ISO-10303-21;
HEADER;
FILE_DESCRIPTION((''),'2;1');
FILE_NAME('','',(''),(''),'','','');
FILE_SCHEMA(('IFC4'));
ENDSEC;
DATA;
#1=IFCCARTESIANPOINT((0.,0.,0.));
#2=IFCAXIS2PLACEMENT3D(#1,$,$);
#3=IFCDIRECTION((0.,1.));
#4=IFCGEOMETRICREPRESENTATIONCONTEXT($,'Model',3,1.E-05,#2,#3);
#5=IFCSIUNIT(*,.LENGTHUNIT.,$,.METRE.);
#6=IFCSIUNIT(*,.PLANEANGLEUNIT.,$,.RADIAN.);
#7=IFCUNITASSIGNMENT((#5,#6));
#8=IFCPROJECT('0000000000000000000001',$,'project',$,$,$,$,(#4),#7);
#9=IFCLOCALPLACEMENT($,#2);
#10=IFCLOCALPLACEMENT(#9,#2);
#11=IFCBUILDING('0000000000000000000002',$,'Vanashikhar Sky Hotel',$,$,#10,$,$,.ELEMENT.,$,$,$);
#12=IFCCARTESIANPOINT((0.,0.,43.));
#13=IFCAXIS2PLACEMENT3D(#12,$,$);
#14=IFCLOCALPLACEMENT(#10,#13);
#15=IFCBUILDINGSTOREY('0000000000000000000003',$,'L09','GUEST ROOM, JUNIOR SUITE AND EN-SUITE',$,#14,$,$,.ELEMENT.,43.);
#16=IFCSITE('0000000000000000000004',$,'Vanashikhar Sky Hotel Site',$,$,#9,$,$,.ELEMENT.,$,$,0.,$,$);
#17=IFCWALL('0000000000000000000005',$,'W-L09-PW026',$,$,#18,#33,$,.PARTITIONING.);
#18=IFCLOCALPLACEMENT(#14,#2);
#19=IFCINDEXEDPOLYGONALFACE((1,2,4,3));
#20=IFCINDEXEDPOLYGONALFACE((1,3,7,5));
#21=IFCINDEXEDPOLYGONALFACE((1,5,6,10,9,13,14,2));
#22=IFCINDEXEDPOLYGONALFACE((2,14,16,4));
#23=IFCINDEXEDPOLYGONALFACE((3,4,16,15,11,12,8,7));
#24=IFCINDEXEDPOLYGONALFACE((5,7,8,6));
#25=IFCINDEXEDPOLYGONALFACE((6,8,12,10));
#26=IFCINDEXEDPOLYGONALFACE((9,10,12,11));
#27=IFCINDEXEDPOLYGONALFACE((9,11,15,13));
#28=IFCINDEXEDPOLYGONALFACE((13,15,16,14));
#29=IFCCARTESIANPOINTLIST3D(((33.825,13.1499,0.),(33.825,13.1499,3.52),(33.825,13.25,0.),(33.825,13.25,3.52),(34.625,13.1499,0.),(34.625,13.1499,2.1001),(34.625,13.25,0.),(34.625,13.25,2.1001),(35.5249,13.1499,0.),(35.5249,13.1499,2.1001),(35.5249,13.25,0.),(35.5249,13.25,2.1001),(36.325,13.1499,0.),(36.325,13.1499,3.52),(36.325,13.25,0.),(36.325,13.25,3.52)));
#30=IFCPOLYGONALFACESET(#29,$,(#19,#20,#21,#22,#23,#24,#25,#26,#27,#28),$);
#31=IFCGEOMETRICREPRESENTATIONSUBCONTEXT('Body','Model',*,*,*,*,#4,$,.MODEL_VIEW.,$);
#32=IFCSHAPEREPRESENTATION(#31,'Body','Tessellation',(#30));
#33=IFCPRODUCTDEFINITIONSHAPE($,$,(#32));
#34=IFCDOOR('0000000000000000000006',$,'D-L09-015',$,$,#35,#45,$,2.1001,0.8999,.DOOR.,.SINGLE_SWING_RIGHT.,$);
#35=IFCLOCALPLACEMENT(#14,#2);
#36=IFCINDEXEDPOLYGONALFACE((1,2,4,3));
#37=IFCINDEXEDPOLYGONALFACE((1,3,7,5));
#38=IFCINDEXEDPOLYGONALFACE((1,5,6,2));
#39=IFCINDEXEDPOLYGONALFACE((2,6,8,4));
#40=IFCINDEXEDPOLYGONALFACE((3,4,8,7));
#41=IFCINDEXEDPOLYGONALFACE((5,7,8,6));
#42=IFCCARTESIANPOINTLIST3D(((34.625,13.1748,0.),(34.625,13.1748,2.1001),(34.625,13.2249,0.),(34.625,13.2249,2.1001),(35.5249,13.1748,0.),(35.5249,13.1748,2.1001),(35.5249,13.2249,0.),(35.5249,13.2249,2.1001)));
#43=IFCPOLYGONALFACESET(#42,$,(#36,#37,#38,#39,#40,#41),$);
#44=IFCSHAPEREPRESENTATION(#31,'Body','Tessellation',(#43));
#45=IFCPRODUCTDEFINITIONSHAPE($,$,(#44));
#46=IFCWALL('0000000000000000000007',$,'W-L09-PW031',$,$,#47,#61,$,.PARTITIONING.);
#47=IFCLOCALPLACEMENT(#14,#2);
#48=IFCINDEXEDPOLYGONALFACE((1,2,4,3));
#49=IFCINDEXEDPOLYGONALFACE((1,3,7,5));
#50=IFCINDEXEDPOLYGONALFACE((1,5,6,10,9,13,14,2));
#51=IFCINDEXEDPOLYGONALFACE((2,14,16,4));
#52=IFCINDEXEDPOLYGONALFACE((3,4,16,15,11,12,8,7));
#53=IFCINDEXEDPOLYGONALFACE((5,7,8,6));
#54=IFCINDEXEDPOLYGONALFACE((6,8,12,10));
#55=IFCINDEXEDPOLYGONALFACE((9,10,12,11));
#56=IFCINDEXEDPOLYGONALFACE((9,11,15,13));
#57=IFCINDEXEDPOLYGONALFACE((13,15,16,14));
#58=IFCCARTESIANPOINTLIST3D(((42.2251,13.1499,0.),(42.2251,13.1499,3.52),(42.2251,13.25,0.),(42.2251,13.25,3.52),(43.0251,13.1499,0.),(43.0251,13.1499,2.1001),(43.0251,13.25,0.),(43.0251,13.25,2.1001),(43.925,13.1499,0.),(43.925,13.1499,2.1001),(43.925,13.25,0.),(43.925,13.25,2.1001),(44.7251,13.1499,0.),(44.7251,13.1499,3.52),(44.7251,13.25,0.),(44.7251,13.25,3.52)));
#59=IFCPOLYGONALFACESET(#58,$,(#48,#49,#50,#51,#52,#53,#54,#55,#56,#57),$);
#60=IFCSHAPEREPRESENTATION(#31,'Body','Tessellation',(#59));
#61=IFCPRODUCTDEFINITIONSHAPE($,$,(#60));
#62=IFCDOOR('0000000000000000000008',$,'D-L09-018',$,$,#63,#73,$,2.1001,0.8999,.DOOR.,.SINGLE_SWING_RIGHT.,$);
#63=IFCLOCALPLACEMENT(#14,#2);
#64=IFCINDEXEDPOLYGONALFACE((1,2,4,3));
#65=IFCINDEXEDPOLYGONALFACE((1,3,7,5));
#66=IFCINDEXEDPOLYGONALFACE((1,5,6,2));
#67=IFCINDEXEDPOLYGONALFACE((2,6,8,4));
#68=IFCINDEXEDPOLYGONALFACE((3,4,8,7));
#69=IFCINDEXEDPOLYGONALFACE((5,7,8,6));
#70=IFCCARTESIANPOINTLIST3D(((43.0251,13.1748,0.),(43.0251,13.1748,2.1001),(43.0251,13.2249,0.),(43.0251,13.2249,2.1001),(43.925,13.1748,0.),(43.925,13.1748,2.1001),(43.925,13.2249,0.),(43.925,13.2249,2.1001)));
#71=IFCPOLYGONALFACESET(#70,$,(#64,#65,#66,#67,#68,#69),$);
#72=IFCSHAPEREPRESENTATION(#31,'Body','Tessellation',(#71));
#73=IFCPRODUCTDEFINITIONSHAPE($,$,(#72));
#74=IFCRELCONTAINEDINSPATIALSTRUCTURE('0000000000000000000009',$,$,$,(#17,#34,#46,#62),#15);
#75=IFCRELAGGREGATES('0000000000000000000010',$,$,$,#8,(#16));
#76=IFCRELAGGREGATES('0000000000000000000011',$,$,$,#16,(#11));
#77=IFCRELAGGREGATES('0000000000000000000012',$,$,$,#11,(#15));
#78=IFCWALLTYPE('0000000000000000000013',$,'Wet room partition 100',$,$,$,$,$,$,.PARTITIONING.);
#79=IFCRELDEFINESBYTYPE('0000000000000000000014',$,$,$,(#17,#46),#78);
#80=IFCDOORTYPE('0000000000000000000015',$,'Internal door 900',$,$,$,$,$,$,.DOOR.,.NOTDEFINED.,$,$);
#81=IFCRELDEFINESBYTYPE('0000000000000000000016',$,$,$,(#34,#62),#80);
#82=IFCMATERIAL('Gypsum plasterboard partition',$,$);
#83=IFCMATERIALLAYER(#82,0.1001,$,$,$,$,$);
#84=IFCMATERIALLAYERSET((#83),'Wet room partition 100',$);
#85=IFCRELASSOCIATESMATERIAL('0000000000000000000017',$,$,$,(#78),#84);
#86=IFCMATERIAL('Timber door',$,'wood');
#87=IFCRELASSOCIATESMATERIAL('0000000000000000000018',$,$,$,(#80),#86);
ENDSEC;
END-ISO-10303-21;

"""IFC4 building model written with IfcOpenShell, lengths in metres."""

from ifc_helpers import new_model, si_unit, direction, frame, frame_2d, origin, place, context, subcontext, project, spatial, rectangle, extrude, source, transform, mapped, material, layer, layer_set, type_object, element, fill, save


model = new_model("IFC4")

# Units and contexts
model_context = context("Model", 3, precision=1e-05, world=origin(), true_north=direction((0.0, 1.0)))
body_context = subcontext(model_context, "Body", "Model", "MODEL_VIEW")
ifc_project = project(units=[si_unit("LENGTHUNIT", "METRE"), si_unit("PLANEANGLEUNIT", "RADIAN")], contexts=[model_context])

# Site, building, storey
site_placement = place(None, origin())
site = spatial("IfcSite", under=ifc_project, at=site_placement, Name="Vanashikhar Sky Hotel Site", CompositionType="ELEMENT", RefElevation=0.0)
building_placement = place(site_placement, origin())
building = spatial("IfcBuilding", under=site, at=building_placement, Name="Vanashikhar Sky Hotel", CompositionType="ELEMENT")
storey_placement = place(building_placement, frame((0.0, 0.0, 43.0)))
storey = spatial("IfcBuildingStorey", under=building, at=storey_placement, Name="L09", Description="GUEST ROOM, JUNIOR SUITE AND EN-SUITE", CompositionType="ELEMENT", Elevation=43.0)

# Shared definitions
ifc_material_1 = material(Name="Gypsum plasterboard partition")
ifc_layer_1 = layer(ifc_material_1, 0.1001)
ifc_layer_set_1 = layer_set([ifc_layer_1], Name="Wet room partition 100")
wall_type_1 = type_object("IfcWallType", Name="Wet room partition 100", PredefinedType="PARTITIONING", material=ifc_layer_set_1)
shared_shape_1 = source(origin(), body_context, "Body", "SweptSolid", [
    extrude(rectangle(XDim=0.8999, YDim=2.1001, at=frame_2d((0.45, 1.05))), frame((0.0, 0.0601, 0.0), z_axis=(0.0, -1.0, 0.0), x_axis=(1.0, 0.0, 0.0)), (0.0, 0.0, 1.0), 0.1201),
])
ifc_material_2 = material(Name="Timber door", Category="wood")
door_type_1 = type_object("IfcDoorType", Name="Internal door 900", OperationType="NOTDEFINED", PredefinedType="DOOR", material=ifc_material_2)
shared_shape_2 = source(origin(), body_context, "Body", "SweptSolid", [
    extrude(rectangle(XDim=0.8999, YDim=2.1001, at=frame_2d((0.45, 1.05))), frame((0.0, 0.0249, 0.0), z_axis=(0.0, -1.0, 0.0), x_axis=(1.0, 0.0, 0.0)), (0.0, 0.0, 1.0), 0.05),
])

# Walls, openings, doors
shared_shape_3 = source(origin(), body_context, "Body", "SweptSolid", [
    extrude(rectangle(XDim=2.5, YDim=0.1001, at=frame_2d((1.25, 0.0))), origin(), (0.0, 0.0, 1.0), 3.52),
])
wall_1_placement = place(storey_placement, frame((33.825, 13.2, 0.0), z_axis=(0.0, 0.0, 1.0), x_axis=(1.0, 0.0, 0.0)))
wall_1 = element("IfcWall", 1, at=wall_1_placement, inside=storey, type_object=wall_type_1, Name="W-L09-PW026", PredefinedType="PARTITIONING", context=body_context, shape_type="MappedRepresentation", body=[
    mapped(shared_shape_3, transform((0.0, 0.0, 0.0), scale=1.0)),
])
opening_1_placement = place(wall_1_placement, frame((0.8, 0.0, 0.0)))
opening_1 = element("IfcOpeningElement", 2, at=opening_1_placement, cuts=wall_1, PredefinedType="OPENING", context=body_context, shape_type="MappedRepresentation", body=[
    mapped(shared_shape_1, transform((0.0, 0.0, 0.0), scale=1.0)),
])
door_1_placement = place(opening_1_placement, origin())
door_1 = element("IfcDoor", 3, at=door_1_placement, inside=storey, type_object=door_type_1, Name="D-L09-015", OperationType="SINGLE_SWING_RIGHT", OverallHeight=2.1001, OverallWidth=0.8999, PredefinedType="DOOR", context=body_context, shape_type="MappedRepresentation", body=[
    mapped(shared_shape_2, transform((0.0, 0.0, 0.0), scale=1.0)),
])
fill(opening_1, door_1)
wall_2_placement = place(storey_placement, frame((42.2251, 13.2, 0.0), z_axis=(0.0, 0.0, 1.0), x_axis=(1.0, 0.0, 0.0)))
wall_2 = element("IfcWall", 4, at=wall_2_placement, inside=storey, type_object=wall_type_1, Name="W-L09-PW031", PredefinedType="PARTITIONING", context=body_context, shape_type="MappedRepresentation", body=[
    mapped(shared_shape_3, transform((0.0, 0.0, 0.0), scale=1.0)),
])
opening_2_placement = place(wall_2_placement, frame((0.8, 0.0, 0.0)))
opening_2 = element("IfcOpeningElement", 5, at=opening_2_placement, cuts=wall_2, PredefinedType="OPENING", context=body_context, shape_type="MappedRepresentation", body=[
    mapped(shared_shape_1, transform((0.0, 0.0, 0.0), scale=1.0)),
])
door_2_placement = place(opening_2_placement, origin())
door_2 = element("IfcDoor", 6, at=door_2_placement, inside=storey, type_object=door_type_1, Name="D-L09-018", OperationType="SINGLE_SWING_RIGHT", OverallHeight=2.1001, OverallWidth=0.8999, PredefinedType="DOOR", context=body_context, shape_type="MappedRepresentation", body=[
    mapped(shared_shape_2, transform((0.0, 0.0, 0.0), scale=1.0)),
])
fill(opening_2, door_2)

save(model, "model.ifc")
